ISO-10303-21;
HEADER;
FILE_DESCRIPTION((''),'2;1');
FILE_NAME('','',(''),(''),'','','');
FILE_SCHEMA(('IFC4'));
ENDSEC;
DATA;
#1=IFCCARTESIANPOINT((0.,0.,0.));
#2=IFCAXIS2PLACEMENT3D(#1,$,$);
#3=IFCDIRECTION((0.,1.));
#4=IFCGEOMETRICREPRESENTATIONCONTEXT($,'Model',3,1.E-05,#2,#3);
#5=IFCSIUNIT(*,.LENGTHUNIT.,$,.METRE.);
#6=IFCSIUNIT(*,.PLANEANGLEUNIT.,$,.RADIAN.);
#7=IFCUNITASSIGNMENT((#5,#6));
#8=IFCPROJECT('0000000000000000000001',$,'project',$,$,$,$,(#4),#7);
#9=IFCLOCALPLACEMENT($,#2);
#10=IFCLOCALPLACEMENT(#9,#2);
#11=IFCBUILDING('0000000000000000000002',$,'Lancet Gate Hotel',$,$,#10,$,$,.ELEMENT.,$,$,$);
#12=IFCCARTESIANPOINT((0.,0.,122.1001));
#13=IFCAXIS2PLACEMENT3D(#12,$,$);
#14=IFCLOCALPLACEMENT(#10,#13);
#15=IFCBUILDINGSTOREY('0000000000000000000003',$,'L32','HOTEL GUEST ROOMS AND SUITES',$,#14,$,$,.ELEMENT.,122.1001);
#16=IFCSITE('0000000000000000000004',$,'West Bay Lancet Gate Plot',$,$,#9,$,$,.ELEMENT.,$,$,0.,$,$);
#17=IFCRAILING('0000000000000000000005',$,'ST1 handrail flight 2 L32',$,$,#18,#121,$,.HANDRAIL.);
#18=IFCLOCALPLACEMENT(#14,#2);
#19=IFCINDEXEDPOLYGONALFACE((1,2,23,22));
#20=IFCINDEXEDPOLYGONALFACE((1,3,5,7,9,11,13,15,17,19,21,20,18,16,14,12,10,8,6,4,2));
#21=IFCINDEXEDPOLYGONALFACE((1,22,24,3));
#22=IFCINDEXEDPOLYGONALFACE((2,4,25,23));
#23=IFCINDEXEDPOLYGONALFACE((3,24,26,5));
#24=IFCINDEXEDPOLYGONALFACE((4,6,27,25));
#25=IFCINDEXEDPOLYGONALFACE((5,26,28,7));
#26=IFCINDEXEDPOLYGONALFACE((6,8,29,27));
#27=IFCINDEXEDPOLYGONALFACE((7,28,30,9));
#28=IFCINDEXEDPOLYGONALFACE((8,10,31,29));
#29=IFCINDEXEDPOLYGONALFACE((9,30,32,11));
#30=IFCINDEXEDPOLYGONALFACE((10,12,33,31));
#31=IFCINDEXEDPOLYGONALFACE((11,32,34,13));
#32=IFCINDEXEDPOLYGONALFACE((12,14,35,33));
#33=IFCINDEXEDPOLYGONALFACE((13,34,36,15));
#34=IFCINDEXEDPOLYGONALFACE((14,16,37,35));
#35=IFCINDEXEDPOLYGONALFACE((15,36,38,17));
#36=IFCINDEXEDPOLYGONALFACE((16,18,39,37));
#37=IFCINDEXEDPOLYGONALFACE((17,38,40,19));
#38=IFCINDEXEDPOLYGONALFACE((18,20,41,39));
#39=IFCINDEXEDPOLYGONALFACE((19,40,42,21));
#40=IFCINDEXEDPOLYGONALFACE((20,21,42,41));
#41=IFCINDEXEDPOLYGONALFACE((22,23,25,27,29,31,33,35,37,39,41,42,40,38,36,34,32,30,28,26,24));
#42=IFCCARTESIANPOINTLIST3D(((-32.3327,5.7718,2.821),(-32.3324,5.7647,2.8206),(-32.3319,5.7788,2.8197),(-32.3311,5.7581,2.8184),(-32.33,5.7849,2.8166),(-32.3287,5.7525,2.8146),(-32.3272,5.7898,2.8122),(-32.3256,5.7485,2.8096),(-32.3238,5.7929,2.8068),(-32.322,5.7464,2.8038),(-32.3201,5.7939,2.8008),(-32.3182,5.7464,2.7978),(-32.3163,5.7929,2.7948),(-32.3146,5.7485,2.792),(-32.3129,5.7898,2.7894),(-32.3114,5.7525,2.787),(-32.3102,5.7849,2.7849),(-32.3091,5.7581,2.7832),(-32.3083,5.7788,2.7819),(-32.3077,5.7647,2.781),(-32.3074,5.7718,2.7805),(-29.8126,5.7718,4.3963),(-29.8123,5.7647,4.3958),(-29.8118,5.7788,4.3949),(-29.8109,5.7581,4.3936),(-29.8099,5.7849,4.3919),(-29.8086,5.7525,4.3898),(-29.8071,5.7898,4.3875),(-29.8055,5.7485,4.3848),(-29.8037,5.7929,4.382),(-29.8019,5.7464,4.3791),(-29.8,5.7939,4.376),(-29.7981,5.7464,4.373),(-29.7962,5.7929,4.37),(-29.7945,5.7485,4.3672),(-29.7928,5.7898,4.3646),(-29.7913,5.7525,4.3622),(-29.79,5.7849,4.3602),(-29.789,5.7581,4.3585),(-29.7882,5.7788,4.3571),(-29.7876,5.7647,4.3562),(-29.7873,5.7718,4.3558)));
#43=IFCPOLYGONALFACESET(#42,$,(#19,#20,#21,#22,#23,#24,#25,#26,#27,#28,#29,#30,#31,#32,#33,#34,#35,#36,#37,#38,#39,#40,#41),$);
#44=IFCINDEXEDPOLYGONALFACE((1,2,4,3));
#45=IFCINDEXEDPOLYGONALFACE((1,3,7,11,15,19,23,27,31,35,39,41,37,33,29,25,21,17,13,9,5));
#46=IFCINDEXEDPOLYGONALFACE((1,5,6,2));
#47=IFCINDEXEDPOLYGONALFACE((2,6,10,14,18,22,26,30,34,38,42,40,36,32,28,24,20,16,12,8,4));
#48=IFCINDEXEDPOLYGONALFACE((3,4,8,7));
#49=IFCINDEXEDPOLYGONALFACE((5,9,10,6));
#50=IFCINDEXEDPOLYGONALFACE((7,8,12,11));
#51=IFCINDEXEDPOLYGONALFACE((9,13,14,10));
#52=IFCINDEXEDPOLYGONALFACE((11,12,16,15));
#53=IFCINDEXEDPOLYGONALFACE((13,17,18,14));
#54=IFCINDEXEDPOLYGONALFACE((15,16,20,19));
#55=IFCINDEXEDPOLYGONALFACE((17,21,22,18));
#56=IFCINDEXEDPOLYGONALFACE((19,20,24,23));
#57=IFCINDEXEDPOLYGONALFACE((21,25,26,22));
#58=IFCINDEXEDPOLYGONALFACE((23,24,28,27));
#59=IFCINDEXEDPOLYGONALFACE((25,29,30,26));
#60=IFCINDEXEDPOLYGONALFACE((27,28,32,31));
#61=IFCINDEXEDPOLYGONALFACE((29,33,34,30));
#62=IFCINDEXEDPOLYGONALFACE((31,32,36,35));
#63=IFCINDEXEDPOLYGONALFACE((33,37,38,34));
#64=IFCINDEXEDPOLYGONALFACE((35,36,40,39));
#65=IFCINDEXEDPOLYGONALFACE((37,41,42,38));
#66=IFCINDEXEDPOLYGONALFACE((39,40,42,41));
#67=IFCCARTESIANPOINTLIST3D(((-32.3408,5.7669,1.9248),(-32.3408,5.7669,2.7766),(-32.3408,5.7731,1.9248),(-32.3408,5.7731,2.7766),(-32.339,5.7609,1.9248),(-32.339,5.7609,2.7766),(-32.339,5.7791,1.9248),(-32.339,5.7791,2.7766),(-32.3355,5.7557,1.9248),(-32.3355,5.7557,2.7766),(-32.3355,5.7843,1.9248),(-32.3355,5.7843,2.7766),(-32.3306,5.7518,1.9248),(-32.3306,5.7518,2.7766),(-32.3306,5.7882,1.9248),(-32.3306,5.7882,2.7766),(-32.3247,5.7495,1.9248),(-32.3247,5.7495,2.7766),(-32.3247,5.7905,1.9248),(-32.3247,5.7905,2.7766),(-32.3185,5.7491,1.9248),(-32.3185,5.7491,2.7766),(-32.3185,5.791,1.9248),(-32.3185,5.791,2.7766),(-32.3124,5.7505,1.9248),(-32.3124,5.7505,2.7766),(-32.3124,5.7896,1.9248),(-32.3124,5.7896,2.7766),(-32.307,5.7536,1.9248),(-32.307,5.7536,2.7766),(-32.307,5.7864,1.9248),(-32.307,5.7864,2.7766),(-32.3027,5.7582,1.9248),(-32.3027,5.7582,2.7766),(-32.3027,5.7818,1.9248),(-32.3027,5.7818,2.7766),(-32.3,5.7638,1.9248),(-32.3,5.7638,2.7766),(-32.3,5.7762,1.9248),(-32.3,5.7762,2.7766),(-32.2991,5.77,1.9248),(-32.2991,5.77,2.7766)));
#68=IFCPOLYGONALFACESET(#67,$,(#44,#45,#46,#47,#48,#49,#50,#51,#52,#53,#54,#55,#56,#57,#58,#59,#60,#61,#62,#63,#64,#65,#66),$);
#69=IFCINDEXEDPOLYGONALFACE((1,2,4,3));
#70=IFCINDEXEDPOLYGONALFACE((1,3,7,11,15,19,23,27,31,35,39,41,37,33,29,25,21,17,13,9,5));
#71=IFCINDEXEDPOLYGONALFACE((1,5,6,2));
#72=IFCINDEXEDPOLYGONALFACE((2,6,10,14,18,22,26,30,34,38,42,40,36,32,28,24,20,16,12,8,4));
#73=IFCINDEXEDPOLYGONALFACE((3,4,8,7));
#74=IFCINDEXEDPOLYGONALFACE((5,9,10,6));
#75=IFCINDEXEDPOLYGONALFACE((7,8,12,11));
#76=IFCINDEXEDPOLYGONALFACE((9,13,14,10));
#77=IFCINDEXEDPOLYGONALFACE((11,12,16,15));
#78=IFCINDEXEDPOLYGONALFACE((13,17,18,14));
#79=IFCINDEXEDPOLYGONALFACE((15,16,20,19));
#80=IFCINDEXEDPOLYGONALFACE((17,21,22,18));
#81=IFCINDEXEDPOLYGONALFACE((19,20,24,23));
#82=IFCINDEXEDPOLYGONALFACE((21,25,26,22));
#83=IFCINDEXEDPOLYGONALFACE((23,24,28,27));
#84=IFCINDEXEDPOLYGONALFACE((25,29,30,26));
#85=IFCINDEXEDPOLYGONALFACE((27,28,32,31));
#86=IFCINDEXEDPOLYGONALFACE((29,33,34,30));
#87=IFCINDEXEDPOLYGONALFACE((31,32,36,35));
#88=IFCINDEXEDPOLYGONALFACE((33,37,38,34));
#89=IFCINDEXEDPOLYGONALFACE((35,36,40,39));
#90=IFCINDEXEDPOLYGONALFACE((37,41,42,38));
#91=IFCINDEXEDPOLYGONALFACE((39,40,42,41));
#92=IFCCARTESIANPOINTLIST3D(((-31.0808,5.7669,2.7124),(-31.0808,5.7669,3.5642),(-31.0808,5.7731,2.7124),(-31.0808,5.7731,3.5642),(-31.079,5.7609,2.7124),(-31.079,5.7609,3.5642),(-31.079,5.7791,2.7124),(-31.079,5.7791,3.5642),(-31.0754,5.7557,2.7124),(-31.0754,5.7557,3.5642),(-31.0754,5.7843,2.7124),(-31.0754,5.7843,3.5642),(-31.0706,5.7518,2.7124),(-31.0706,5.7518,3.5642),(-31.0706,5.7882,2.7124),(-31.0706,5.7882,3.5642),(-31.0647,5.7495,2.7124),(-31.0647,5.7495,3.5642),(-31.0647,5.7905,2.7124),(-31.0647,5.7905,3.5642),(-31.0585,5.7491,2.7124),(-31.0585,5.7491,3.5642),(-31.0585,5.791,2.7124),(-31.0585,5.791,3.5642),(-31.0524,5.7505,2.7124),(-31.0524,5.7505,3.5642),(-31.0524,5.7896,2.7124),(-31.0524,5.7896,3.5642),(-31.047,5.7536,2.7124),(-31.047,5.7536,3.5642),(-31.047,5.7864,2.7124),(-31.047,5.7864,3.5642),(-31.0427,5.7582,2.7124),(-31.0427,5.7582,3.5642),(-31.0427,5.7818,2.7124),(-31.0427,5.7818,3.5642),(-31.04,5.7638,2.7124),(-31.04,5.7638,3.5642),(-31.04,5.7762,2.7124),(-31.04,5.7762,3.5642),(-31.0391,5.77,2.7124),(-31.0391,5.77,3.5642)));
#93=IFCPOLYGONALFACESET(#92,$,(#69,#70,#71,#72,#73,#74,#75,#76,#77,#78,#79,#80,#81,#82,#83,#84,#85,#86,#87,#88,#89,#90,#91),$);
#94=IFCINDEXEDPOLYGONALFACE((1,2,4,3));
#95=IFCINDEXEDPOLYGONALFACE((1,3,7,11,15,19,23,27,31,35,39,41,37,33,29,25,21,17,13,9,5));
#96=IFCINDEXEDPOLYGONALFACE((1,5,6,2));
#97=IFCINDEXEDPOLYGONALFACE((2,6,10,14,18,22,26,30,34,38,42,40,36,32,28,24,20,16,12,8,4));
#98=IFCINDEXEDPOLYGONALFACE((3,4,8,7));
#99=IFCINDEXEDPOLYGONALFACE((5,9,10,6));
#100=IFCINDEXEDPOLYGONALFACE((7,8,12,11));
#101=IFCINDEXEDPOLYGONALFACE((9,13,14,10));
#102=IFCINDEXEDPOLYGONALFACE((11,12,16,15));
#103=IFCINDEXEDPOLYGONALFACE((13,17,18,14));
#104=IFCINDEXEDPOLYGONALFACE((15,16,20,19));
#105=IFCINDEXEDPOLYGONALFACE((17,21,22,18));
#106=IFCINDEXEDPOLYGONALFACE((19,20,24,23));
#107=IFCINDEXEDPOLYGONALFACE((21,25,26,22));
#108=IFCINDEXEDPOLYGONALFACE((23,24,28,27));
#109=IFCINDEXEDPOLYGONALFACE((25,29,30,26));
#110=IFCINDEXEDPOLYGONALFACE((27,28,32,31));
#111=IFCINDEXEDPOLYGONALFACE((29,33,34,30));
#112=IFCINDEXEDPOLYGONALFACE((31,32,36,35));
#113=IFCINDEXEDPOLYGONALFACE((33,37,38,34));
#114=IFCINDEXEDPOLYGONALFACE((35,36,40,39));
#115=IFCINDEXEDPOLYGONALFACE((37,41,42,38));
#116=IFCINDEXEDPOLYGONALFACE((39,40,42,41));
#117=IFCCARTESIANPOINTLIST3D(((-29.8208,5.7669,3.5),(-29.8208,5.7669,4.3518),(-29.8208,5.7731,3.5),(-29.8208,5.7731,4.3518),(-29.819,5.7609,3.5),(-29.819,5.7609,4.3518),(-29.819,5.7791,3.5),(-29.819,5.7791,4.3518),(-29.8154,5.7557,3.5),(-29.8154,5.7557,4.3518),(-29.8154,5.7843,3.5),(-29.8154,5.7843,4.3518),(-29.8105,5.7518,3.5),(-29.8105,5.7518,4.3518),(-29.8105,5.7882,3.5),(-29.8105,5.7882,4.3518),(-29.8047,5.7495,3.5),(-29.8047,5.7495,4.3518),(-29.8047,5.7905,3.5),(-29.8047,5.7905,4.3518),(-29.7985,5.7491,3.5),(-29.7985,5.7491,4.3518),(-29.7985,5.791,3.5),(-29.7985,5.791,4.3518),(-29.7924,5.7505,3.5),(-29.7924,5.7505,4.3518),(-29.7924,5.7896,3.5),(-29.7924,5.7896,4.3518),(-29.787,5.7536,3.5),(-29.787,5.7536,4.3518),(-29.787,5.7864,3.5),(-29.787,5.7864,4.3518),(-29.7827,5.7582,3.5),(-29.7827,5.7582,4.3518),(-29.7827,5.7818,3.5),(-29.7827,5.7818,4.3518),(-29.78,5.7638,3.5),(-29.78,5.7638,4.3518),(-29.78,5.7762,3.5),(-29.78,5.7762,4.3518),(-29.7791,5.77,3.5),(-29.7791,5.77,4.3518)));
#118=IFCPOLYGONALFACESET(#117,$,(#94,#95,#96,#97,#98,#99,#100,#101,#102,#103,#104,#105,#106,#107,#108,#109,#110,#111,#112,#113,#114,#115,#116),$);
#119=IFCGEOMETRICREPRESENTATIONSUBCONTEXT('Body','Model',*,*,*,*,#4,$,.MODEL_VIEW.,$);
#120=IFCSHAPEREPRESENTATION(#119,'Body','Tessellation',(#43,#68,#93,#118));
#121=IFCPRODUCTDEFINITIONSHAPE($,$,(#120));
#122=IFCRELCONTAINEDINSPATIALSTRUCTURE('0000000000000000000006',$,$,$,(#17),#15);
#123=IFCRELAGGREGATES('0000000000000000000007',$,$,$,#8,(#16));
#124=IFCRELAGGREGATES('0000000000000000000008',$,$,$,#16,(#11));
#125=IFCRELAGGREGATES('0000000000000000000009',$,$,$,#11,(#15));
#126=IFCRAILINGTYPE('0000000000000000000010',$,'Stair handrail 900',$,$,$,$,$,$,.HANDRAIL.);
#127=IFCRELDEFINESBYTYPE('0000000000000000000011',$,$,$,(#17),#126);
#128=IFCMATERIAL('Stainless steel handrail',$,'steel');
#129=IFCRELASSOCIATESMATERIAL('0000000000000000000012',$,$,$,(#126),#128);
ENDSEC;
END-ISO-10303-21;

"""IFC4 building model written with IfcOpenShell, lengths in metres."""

from ifc_helpers import new_model, si_unit, direction, frame, origin, origin_2d, place, context, subcontext, project, spatial, circle, extrude, material, type_object, element, save


model = new_model("IFC4")

# Units and contexts
model_context = context("Model", 3, precision=1e-05, world=origin(), true_north=direction((0.0, 1.0)))
body_context = subcontext(model_context, "Body", "Model", "MODEL_VIEW")
ifc_project = project(units=[si_unit("LENGTHUNIT", "METRE"), si_unit("PLANEANGLEUNIT", "RADIAN")], contexts=[model_context])

# Site, building, storey
site_placement = place(None, origin())
site = spatial("IfcSite", under=ifc_project, at=site_placement, Name="West Bay Lancet Gate Plot", CompositionType="ELEMENT", RefElevation=0.0)
building_placement = place(site_placement, origin())
building = spatial("IfcBuilding", under=site, at=building_placement, Name="Lancet Gate Hotel", CompositionType="ELEMENT")
storey_placement = place(building_placement, frame((0.0, 0.0, 122.1001)))
storey = spatial("IfcBuildingStorey", under=building, at=storey_placement, Name="L32", Description="HOTEL GUEST ROOMS AND SUITES", CompositionType="ELEMENT", Elevation=122.1001)

# Railing
ifc_material_1 = material(Name="Stainless steel handrail", Category="steel")
railing_type = type_object("IfcRailingType", Name="Stair handrail 900", PredefinedType="HANDRAIL", material=ifc_material_1)
railing_placement = place(storey_placement, frame((-32.3201, 5.77, 1.9248)))
element("IfcRailing", 1, at=railing_placement, inside=storey, type_object=railing_type, Name="ST1 handrail flight 2 L32", PredefinedType="HANDRAIL", context=body_context, shape_type="SweptSolid", body=[
    extrude(circle(Radius=0.0239, at=origin_2d()), frame((0.0, 0.0, 0.876), z_axis=(0.847971, 0.0, 0.530043), x_axis=(0.0, 1.0, 0.0)), (0.0, 0.0, 1.0), 2.9719),
    extrude(circle(Radius=0.021, at=origin_2d()), origin(), (0.0, 0.0, 1.0), 0.8518),
    extrude(circle(Radius=0.021, at=origin_2d()), frame((1.26, 0.0, 0.7876)), (0.0, 0.0, 1.0), 0.8518),
    extrude(circle(Radius=0.021, at=origin_2d()), frame((2.52, 0.0, 1.5752)), (0.0, 0.0, 1.0), 0.8518),
])

save(model, "model.ifc")
